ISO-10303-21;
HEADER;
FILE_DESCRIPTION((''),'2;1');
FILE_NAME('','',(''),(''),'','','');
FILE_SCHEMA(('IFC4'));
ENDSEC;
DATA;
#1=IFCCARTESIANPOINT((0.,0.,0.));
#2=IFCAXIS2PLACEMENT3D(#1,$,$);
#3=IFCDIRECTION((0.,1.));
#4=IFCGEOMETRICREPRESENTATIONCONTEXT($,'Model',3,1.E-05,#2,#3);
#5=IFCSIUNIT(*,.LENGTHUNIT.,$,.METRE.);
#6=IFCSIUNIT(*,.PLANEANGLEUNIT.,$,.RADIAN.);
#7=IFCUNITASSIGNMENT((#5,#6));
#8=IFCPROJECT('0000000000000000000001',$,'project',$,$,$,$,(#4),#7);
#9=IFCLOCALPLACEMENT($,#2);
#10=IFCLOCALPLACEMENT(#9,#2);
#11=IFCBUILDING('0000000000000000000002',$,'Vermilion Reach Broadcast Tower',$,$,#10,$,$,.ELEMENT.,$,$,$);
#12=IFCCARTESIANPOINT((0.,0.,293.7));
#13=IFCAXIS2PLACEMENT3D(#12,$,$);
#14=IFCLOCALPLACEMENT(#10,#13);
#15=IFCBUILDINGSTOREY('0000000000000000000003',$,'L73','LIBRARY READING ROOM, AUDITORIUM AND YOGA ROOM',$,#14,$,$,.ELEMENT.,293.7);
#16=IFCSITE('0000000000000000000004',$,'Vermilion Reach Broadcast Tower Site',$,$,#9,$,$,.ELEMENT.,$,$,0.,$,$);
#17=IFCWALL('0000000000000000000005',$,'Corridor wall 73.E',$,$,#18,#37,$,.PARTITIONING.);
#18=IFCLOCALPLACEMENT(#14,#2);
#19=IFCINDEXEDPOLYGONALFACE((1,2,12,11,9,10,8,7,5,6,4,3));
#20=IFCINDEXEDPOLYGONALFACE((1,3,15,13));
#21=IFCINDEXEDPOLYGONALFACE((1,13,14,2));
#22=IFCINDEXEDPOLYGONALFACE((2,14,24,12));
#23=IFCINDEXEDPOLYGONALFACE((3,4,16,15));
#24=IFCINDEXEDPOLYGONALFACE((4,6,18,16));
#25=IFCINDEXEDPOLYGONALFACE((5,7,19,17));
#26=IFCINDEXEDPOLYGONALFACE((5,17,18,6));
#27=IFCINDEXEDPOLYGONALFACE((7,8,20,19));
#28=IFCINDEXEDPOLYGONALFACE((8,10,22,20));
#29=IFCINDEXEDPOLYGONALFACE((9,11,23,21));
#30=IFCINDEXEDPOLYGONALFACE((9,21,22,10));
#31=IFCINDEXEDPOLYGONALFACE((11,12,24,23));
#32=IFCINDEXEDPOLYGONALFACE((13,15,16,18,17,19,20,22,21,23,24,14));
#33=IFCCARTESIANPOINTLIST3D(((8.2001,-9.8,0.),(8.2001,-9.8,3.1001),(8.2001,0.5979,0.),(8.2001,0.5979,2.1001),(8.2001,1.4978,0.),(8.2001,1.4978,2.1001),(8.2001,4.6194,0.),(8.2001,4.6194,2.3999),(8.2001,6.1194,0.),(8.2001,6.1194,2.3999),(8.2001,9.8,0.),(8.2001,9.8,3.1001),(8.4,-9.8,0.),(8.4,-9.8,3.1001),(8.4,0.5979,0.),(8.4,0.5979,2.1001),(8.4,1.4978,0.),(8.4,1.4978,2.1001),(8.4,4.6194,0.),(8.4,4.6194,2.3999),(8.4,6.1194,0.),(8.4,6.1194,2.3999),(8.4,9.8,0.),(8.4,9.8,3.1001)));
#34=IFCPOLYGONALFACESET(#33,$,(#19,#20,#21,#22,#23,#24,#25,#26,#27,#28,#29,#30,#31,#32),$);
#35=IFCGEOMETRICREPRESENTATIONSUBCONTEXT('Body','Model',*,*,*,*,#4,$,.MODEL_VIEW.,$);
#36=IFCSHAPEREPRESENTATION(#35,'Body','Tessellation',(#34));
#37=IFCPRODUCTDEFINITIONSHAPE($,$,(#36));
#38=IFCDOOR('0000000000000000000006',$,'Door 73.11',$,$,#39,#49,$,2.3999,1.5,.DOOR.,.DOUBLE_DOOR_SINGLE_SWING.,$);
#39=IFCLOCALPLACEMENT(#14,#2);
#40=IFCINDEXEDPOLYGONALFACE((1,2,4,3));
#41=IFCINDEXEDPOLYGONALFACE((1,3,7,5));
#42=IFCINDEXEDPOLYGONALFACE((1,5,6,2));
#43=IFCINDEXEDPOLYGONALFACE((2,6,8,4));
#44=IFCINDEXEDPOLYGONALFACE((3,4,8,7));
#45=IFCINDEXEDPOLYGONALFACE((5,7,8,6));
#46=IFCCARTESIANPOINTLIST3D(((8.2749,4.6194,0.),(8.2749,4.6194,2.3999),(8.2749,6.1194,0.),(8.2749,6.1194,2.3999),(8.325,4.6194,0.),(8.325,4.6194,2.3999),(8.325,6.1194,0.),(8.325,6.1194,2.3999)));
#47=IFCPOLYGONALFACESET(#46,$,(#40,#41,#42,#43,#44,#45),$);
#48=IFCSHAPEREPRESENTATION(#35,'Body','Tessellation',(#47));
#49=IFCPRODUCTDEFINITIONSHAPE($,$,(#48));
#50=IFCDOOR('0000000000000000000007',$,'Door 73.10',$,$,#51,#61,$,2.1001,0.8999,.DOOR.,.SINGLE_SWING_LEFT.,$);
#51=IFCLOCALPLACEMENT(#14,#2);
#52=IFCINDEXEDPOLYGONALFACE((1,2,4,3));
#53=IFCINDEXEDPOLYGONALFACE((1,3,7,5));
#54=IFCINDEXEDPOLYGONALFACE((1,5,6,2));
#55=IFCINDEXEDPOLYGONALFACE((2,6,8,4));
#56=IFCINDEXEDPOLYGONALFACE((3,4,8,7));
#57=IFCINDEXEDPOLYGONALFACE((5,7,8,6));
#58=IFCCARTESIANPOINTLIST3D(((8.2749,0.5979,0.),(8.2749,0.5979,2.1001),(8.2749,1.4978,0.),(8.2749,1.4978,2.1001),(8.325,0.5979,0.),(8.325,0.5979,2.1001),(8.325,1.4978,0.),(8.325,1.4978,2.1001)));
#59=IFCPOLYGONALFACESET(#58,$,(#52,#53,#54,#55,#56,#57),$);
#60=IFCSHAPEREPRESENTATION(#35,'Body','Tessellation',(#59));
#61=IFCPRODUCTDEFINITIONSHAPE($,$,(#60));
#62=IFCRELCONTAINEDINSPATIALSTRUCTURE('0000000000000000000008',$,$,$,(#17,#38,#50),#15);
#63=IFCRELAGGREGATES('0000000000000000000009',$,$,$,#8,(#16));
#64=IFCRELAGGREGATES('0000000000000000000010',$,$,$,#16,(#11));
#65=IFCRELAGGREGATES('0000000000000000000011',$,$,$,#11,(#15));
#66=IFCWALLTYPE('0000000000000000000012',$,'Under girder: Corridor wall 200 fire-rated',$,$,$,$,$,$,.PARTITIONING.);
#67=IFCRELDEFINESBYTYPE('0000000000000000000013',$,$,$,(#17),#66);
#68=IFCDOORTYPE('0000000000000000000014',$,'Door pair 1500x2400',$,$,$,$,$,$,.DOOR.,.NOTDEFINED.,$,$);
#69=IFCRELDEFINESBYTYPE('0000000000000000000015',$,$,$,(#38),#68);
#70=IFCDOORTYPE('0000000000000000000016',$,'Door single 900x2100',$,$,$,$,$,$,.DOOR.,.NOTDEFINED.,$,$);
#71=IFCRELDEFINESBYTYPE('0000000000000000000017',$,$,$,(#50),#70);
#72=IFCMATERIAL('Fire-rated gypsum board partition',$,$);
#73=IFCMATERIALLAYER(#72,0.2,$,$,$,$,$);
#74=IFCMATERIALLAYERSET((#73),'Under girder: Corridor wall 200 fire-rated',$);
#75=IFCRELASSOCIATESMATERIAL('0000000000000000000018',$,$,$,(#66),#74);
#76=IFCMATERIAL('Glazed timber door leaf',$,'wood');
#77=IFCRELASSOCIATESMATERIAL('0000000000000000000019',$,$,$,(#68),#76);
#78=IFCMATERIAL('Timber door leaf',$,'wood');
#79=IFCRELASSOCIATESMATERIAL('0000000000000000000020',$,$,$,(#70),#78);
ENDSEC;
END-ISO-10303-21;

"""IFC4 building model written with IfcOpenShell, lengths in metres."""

from ifc_helpers import new_model, si_unit, direction, frame, frame_2d, origin, place, context, subcontext, project, spatial, rectangle, extrude, material, layer, layer_set, type_object, element, fill, save


model = new_model("IFC4")

# Units and contexts
model_context = context("Model", 3, precision=1e-05, world=origin(), true_north=direction((0.0, 1.0)))
body_context = subcontext(model_context, "Body", "Model", "MODEL_VIEW")
ifc_project = project(units=[si_unit("LENGTHUNIT", "METRE"), si_unit("PLANEANGLEUNIT", "RADIAN")], contexts=[model_context])

# Site, building, storey
site_placement = place(None, origin())
site = spatial("IfcSite", under=ifc_project, at=site_placement, Name="Vermilion Reach Broadcast Tower Site", CompositionType="ELEMENT", RefElevation=0.0)
building_placement = place(site_placement, origin())
building = spatial("IfcBuilding", under=site, at=building_placement, Name="Vermilion Reach Broadcast Tower", CompositionType="ELEMENT")
storey_placement = place(building_placement, frame((0.0, 0.0, 293.7)))
storey = spatial("IfcBuildingStorey", under=building, at=storey_placement, Name="L73", Description="LIBRARY READING ROOM, AUDITORIUM AND YOGA ROOM", CompositionType="ELEMENT", Elevation=293.7)

# Wall, openings, doors
ifc_material_1 = material(Name="Fire-rated gypsum board partition")
ifc_layer_1 = layer(ifc_material_1, 0.2)
ifc_layer_set_1 = layer_set([ifc_layer_1], Name="Under girder: Corridor wall 200 fire-rated")
wall_type_1 = type_object("IfcWallType", Name="Under girder: Corridor wall 200 fire-rated", PredefinedType="PARTITIONING", material=ifc_layer_set_1)
wall_1_placement = place(storey_placement, frame((8.3, 9.8, 0.0), z_axis=(0.0, 0.0, 1.0), x_axis=(0.0, -1.0, 0.0)))
wall_1 = element("IfcWall", 1, at=wall_1_placement, inside=storey, type_object=wall_type_1, Name="Corridor wall 73.E", PredefinedType="PARTITIONING", context=body_context, shape_type="SweptSolid", body=[
    extrude(rectangle(XDim=19.6001, YDim=0.2, at=frame_2d((9.8, 0.0))), origin(), (0.0, 0.0, 1.0), 3.1001),
])
opening_1_placement = place(wall_1_placement, frame((8.3022, 0.0, 0.0)))
opening_1 = element("IfcOpeningElement", 2, at=opening_1_placement, cuts=wall_1, PredefinedType="OPENING", context=body_context, shape_type="SweptSolid", body=[
    extrude(rectangle(XDim=0.8999, YDim=2.1001, at=frame_2d((0.45, 1.05))), frame((0.0, 0.1099, 0.0), z_axis=(0.0, -1.0, 0.0), x_axis=(1.0, 0.0, 0.0)), (0.0, 0.0, 1.0), 0.22),
])
opening_2_placement = place(wall_1_placement, frame((3.6807, 0.0, 0.0)))
opening_2 = element("IfcOpeningElement", 3, at=opening_2_placement, cuts=wall_1, PredefinedType="OPENING", context=body_context, shape_type="SweptSolid", body=[
    extrude(rectangle(XDim=1.5, YDim=2.3999, at=frame_2d((0.75, 1.2))), frame((0.0, 0.1099, 0.0), z_axis=(0.0, -1.0, 0.0), x_axis=(1.0, 0.0, 0.0)), (0.0, 0.0, 1.0), 0.22),
])
ifc_material_2 = material(Name="Glazed timber door leaf", Category="wood")
door_type_1 = type_object("IfcDoorType", Name="Door pair 1500x2400", OperationType="NOTDEFINED", PredefinedType="DOOR", material=ifc_material_2)
door_1_placement = place(opening_2_placement, origin())
door_1 = element("IfcDoor", 4, at=door_1_placement, inside=storey, type_object=door_type_1, Name="Door 73.11", OperationType="DOUBLE_DOOR_SINGLE_SWING", OverallHeight=2.3999, OverallWidth=1.5, PredefinedType="DOOR", context=body_context, shape_type="SweptSolid", body=[
    extrude(rectangle(XDim=1.5, YDim=2.3999, at=frame_2d((0.75, 1.2))), frame((0.0, 0.0249, 0.0), z_axis=(0.0, -1.0, 0.0), x_axis=(1.0, 0.0, 0.0)), (0.0, 0.0, 1.0), 0.05),
])
fill(opening_2, door_1)
ifc_material_3 = material(Name="Timber door leaf", Category="wood")
door_type_2 = type_object("IfcDoorType", Name="Door single 900x2100", OperationType="NOTDEFINED", PredefinedType="DOOR", material=ifc_material_3)
door_2_placement = place(opening_1_placement, origin())
door_2 = element("IfcDoor", 5, at=door_2_placement, inside=storey, type_object=door_type_2, Name="Door 73.10", OperationType="SINGLE_SWING_LEFT", OverallHeight=2.1001, OverallWidth=0.8999, PredefinedType="DOOR", context=body_context, shape_type="SweptSolid", body=[
    extrude(rectangle(XDim=0.8999, YDim=2.1001, at=frame_2d((0.45, 1.05))), frame((0.0, 0.0249, 0.0), z_axis=(0.0, -1.0, 0.0), x_axis=(1.0, 0.0, 0.0)), (0.0, 0.0, 1.0), 0.05),
])
fill(opening_1, door_2)

save(model, "model.ifc")
